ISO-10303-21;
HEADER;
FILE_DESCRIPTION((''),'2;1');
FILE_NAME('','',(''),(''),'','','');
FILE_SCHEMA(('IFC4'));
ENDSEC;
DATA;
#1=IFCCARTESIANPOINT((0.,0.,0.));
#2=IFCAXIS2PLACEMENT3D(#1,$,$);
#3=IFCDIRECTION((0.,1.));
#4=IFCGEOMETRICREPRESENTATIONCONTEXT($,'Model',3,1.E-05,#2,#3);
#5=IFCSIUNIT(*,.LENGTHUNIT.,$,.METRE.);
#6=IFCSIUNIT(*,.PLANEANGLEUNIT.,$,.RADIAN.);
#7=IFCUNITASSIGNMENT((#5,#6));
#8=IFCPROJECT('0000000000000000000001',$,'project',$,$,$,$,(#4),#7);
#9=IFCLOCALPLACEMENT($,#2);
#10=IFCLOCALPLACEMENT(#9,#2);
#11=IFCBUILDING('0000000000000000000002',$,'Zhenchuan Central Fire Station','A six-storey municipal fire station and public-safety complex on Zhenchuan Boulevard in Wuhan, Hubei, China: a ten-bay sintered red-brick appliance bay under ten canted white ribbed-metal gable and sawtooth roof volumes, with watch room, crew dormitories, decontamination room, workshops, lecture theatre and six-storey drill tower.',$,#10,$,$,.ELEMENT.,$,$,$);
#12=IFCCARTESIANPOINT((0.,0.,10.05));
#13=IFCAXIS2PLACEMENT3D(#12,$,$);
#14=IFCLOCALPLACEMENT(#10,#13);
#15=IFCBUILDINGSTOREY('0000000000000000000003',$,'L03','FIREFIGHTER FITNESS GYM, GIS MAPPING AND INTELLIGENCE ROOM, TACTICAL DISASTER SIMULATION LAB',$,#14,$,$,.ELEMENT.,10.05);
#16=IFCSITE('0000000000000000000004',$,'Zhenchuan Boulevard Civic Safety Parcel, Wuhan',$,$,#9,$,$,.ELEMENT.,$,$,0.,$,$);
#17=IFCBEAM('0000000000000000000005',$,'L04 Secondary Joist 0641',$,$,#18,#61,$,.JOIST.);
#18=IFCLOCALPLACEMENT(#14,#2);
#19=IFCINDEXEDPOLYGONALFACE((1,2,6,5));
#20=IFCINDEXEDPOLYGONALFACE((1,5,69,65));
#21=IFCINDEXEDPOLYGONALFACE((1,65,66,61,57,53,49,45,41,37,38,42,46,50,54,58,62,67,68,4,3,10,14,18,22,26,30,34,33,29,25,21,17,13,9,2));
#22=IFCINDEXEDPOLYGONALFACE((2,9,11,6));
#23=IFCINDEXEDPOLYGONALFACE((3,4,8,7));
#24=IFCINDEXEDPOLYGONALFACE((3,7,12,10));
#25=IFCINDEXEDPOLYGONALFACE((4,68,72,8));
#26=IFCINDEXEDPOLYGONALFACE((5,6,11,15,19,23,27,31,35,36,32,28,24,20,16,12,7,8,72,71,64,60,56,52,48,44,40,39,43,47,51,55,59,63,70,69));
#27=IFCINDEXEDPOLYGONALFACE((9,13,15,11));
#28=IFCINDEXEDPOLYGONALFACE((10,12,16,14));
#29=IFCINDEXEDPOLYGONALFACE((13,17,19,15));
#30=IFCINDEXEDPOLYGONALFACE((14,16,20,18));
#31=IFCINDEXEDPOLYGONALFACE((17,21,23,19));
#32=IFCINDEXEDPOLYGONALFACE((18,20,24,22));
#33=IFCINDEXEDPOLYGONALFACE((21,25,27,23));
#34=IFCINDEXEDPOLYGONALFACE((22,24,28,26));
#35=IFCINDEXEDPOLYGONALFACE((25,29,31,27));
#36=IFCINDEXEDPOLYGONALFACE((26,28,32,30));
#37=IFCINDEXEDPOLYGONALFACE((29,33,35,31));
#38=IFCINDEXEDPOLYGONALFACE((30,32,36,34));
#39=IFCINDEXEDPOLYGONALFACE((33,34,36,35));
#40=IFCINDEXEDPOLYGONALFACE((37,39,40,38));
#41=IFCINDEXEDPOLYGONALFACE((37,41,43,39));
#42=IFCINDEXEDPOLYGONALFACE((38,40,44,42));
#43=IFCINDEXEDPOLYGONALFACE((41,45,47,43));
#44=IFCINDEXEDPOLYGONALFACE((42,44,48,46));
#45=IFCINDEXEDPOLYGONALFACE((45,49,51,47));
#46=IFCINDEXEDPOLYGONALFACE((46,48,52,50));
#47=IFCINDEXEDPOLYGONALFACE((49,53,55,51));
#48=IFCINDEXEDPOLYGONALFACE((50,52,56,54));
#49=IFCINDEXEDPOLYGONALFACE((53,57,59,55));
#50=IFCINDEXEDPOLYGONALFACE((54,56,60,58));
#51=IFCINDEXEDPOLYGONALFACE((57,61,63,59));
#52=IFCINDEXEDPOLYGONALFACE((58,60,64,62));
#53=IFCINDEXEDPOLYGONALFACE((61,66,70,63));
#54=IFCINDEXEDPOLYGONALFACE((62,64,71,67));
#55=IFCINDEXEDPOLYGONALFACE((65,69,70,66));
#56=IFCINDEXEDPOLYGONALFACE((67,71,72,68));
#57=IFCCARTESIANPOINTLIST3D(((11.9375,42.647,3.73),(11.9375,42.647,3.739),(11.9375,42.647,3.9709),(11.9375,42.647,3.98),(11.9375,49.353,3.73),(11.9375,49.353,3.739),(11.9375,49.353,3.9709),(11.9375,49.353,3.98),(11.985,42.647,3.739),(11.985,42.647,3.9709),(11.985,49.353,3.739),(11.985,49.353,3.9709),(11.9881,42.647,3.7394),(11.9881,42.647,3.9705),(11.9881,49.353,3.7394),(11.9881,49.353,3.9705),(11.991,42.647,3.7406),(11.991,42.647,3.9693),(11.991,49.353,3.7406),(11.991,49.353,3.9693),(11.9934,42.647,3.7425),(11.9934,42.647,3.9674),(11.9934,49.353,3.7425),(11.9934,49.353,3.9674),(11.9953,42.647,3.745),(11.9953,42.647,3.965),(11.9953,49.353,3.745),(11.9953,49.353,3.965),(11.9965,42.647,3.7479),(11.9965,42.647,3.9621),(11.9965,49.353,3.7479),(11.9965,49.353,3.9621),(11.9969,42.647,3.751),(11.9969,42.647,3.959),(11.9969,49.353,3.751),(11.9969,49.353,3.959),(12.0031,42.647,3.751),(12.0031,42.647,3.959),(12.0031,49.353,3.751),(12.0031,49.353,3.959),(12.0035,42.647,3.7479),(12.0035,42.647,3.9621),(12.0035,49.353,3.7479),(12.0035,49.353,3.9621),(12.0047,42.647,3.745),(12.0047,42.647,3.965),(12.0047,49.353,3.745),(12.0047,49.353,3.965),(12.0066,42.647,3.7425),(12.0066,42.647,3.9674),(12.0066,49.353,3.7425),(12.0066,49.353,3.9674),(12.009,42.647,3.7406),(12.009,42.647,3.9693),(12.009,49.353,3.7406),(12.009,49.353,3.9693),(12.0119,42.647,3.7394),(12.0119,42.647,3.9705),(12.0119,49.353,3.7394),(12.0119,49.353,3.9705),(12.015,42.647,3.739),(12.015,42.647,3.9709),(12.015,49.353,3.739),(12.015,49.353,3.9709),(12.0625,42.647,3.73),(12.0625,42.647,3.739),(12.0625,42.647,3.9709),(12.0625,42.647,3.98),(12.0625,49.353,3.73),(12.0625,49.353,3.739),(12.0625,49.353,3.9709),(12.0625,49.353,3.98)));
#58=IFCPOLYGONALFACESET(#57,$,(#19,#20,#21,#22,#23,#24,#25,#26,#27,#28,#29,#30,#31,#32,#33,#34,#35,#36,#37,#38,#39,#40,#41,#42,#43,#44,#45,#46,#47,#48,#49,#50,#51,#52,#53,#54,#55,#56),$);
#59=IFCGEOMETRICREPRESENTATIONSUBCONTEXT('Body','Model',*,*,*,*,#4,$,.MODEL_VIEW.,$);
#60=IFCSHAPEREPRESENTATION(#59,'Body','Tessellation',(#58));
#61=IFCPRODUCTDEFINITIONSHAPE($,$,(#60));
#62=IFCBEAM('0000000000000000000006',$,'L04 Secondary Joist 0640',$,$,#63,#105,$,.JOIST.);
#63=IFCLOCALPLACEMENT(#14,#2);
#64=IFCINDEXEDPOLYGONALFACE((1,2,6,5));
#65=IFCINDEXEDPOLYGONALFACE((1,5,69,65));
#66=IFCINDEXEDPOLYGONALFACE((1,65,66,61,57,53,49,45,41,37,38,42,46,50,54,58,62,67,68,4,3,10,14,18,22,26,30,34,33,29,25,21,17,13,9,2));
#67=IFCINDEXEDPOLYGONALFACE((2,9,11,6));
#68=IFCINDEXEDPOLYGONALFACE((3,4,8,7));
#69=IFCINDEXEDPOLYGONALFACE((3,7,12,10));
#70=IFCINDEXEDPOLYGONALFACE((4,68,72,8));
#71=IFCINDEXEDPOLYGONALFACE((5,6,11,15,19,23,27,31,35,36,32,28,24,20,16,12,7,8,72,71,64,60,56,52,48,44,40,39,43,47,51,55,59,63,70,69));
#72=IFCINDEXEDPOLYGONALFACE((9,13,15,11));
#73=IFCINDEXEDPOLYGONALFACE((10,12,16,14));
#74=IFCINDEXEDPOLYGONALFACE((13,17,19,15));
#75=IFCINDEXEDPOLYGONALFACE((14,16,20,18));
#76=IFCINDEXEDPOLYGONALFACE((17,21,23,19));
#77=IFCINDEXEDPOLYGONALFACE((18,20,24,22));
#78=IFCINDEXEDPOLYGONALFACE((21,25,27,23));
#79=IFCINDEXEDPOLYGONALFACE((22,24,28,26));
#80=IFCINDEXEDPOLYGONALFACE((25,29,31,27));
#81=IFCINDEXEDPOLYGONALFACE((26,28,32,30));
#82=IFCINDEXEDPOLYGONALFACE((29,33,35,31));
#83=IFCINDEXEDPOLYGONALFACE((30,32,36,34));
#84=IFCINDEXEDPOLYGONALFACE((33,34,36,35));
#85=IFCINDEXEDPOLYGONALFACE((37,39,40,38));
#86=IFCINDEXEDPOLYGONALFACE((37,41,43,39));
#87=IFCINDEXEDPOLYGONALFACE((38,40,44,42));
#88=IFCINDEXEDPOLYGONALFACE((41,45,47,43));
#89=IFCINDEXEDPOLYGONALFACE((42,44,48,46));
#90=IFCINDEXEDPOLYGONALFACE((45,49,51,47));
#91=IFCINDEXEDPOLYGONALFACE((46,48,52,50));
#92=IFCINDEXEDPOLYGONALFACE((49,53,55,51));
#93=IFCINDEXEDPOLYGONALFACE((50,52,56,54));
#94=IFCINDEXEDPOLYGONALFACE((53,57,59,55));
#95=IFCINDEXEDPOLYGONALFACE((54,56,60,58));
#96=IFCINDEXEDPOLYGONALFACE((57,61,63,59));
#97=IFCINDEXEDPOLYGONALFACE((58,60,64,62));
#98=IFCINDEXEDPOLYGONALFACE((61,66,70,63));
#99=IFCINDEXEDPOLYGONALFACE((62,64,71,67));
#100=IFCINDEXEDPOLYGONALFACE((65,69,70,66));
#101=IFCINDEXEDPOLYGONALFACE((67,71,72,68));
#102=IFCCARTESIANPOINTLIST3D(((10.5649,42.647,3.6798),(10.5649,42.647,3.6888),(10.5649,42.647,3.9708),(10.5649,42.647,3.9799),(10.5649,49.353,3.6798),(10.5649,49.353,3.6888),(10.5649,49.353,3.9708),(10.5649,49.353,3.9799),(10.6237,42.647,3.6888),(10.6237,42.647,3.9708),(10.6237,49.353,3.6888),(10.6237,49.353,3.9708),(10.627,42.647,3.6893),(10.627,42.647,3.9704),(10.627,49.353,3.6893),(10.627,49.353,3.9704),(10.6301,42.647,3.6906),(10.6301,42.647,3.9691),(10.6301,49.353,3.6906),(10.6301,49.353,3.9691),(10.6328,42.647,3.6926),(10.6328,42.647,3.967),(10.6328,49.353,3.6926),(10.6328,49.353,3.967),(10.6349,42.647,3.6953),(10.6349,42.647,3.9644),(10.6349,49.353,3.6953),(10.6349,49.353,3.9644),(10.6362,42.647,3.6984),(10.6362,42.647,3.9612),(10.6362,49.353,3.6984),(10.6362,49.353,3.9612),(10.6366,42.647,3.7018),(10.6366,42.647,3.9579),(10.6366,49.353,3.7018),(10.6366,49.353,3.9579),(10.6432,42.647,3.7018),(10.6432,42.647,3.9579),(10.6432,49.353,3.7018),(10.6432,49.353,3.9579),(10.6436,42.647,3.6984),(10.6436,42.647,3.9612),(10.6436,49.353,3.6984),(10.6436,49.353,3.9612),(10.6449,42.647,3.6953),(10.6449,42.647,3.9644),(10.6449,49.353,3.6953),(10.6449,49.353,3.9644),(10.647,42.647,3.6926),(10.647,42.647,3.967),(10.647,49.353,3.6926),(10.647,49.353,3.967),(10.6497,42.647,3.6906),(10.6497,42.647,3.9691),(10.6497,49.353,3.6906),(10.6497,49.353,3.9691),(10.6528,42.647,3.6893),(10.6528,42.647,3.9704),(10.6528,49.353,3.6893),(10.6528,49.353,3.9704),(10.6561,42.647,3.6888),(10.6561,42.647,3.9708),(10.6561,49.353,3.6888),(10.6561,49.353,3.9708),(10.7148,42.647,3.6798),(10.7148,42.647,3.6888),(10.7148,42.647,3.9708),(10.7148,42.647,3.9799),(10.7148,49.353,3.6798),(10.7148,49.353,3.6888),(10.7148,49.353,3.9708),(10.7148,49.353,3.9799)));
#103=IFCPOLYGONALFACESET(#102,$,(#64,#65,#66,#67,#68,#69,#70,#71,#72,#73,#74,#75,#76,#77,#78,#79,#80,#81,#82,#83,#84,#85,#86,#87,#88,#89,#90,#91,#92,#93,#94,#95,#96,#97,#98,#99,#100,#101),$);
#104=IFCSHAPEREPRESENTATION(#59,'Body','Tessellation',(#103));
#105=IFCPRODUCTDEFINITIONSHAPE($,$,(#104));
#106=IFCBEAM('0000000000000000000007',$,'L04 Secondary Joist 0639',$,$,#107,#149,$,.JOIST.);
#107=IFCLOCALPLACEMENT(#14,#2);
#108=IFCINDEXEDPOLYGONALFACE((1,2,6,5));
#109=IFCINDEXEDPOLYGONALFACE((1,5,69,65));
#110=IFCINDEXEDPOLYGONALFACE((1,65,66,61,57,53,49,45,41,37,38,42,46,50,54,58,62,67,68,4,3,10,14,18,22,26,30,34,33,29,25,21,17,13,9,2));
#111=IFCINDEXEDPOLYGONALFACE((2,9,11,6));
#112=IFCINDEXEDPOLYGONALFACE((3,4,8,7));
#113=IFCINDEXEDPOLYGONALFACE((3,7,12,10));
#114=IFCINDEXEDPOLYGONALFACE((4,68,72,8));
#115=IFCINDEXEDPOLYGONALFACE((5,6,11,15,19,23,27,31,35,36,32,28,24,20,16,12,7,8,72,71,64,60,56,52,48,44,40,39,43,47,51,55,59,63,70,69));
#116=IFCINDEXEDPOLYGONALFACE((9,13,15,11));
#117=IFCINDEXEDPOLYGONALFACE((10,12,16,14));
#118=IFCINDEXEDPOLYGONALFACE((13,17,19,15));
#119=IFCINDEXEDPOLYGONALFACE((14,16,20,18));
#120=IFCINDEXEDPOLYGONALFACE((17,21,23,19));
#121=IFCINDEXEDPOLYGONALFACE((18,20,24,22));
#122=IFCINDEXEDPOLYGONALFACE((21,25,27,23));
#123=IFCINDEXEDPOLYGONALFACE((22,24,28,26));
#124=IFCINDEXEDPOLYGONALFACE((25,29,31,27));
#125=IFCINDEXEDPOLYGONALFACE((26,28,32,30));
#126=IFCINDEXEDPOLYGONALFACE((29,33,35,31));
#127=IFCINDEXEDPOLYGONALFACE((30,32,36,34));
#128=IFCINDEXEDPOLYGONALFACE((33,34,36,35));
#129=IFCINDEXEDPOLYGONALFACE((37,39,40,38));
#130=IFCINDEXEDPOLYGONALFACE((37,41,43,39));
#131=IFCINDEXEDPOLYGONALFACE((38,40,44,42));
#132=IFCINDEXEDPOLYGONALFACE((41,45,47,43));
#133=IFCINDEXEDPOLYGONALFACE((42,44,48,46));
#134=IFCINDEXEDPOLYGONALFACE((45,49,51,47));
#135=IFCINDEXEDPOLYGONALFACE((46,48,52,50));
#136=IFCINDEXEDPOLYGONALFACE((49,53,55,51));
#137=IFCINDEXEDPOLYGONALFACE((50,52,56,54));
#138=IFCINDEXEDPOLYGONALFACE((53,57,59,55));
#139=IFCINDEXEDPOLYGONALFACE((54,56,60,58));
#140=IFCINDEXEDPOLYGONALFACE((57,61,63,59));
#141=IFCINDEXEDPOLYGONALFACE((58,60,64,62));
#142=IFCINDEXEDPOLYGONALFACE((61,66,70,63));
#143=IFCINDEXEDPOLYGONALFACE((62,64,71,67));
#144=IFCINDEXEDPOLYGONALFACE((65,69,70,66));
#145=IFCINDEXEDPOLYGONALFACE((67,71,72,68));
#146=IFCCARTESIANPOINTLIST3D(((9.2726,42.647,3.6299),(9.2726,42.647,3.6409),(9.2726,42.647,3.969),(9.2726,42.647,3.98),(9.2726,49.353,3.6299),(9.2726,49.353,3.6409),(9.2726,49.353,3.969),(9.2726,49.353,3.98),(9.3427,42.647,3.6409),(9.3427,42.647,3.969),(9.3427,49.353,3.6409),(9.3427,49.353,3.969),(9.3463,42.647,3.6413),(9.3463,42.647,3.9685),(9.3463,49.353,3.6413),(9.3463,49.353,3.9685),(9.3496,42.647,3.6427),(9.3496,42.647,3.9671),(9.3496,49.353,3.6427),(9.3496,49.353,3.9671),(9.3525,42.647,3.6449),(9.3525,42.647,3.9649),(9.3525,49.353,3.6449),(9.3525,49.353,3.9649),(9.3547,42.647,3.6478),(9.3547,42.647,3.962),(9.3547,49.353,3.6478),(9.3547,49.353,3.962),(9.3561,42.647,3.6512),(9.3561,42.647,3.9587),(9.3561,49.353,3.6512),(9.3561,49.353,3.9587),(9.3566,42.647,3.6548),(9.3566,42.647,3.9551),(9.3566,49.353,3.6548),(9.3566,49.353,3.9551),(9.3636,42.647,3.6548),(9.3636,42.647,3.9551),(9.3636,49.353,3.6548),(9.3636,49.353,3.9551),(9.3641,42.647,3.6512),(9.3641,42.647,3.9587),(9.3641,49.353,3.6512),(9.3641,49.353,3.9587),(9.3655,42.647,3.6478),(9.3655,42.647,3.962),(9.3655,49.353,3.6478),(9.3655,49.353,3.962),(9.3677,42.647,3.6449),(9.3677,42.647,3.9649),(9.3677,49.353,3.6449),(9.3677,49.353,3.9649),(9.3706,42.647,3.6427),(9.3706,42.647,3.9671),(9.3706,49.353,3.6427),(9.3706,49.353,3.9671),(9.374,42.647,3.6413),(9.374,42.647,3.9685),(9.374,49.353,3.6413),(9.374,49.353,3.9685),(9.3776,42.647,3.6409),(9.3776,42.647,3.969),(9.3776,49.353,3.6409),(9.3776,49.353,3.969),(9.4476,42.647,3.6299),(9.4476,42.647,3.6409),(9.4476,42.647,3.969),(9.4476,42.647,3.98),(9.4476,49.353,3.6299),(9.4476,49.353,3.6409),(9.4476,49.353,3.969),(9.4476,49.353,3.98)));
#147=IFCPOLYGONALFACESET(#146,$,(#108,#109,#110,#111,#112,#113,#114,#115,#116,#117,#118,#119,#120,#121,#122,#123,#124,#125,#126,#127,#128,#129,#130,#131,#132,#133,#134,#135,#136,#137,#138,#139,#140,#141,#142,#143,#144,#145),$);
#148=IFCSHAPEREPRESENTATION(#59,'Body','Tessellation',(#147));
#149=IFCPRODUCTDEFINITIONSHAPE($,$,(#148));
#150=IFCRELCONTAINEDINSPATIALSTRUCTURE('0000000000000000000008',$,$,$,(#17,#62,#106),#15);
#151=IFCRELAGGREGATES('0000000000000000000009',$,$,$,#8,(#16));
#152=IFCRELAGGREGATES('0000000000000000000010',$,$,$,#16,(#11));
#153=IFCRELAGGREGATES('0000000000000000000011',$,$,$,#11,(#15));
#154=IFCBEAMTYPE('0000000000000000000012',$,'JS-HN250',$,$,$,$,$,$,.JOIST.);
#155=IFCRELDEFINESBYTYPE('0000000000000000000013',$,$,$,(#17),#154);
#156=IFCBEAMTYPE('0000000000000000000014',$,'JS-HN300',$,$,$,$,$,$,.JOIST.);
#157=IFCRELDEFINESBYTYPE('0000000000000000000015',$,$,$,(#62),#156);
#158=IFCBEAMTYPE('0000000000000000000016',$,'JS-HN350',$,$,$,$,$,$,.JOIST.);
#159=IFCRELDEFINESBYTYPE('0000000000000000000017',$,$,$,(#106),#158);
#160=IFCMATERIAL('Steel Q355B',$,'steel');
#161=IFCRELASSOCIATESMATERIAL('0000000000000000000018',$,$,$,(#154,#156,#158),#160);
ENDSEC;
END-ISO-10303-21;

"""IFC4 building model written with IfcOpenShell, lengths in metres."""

from ifc_helpers import new_model, si_unit, direction, frame, origin, origin_2d, place, context, subcontext, project, spatial, i_section, extrude, material, material_profile, profile_set, type_object, element, save


model = new_model("IFC4")

# Units and contexts
model_context = context("Model", 3, precision=1e-05, world=origin(), true_north=direction((0.0, 1.0)))
body_context = subcontext(model_context, "Body", "Model", "MODEL_VIEW")
ifc_project = project(units=[si_unit("LENGTHUNIT", "METRE"), si_unit("PLANEANGLEUNIT", "RADIAN")], contexts=[model_context])

# Site, building, storey
site_placement = place(None, origin())
site = spatial("IfcSite", under=ifc_project, at=site_placement, Name="Zhenchuan Boulevard Civic Safety Parcel, Wuhan", CompositionType="ELEMENT", RefElevation=0.0)
building_placement = place(site_placement, origin())
building = spatial("IfcBuilding", under=site, at=building_placement, Name="Zhenchuan Central Fire Station", Description="A six-storey municipal fire station and public-safety complex on Zhenchuan Boulevard in Wuhan, Hubei, China: a ten-bay sintered red-brick appliance bay under ten canted white ribbed-metal gable and sawtooth roof volumes, with watch room, crew dormitories, decontamination room, workshops, lecture theatre and six-storey drill tower.", CompositionType="ELEMENT")
storey_placement = place(building_placement, frame((0.0, 0.0, 10.05)))
storey = spatial("IfcBuildingStorey", under=building, at=storey_placement, Name="L03", Description="FIREFIGHTER FITNESS GYM, GIS MAPPING AND INTELLIGENCE ROOM, TACTICAL DISASTER SIMULATION LAB", CompositionType="ELEMENT", Elevation=10.05)

# Shared definitions
ifc_material_1 = material(Name="Steel Q355B", Category="steel")

# Beams
ifc_material_profile_1 = material_profile(ifc_material_1, i_section(OverallWidth=0.125, OverallDepth=0.25, WebThickness=0.0061, FlangeThickness=0.009, FilletRadius=0.012, at=origin_2d()), Name="HN 250x125")
ifc_profile_set_1 = profile_set([ifc_material_profile_1], Name="Steel Q355B")
beam_type_1 = type_object("IfcBeamType", Name="JS-HN250", PredefinedType="JOIST", material=ifc_profile_set_1)
beam_1_placement = place(storey_placement, frame((12.0, 42.647, 3.855), z_axis=(0.0, 1.0, 0.0), x_axis=(-1.0, 0.0, 0.0)))
element("IfcBeam", 1, at=beam_1_placement, inside=storey, type_object=beam_type_1, Name="L04 Secondary Joist 0641", PredefinedType="JOIST", context=body_context, shape_type="SweptSolid", body=[
    extrude(i_section(OverallWidth=0.125, OverallDepth=0.25, WebThickness=0.0061, FlangeThickness=0.009, FilletRadius=0.012, at=origin_2d()), origin(), (0.0, 0.0, 1.0), 6.7061),
])
ifc_material_profile_2 = material_profile(ifc_material_1, i_section(OverallWidth=0.1499, OverallDepth=0.3, WebThickness=0.0066, FlangeThickness=0.009, FilletRadius=0.0129, at=origin_2d()), Name="HN 300x150")
ifc_profile_set_2 = profile_set([ifc_material_profile_2], Name="Steel Q355B")
beam_type_2 = type_object("IfcBeamType", Name="JS-HN300", PredefinedType="JOIST", material=ifc_profile_set_2)
beam_2_placement = place(storey_placement, frame((10.6399, 42.647, 3.8298), z_axis=(0.0, 1.0, 0.0), x_axis=(-1.0, 0.0, 0.0)))
element("IfcBeam", 2, at=beam_2_placement, inside=storey, type_object=beam_type_2, Name="L04 Secondary Joist 0640", PredefinedType="JOIST", context=body_context, shape_type="SweptSolid", body=[
    extrude(i_section(OverallWidth=0.1499, OverallDepth=0.3, WebThickness=0.0066, FlangeThickness=0.009, FilletRadius=0.0129, at=origin_2d()), origin(), (0.0, 0.0, 1.0), 6.7061),
])
ifc_material_profile_3 = material_profile(ifc_material_1, i_section(OverallWidth=0.175, OverallDepth=0.3501, WebThickness=0.0071, FlangeThickness=0.011, FilletRadius=0.0139, at=origin_2d()), Name="HN 350x175")
ifc_profile_set_3 = profile_set([ifc_material_profile_3], Name="Steel Q355B")
beam_type_3 = type_object("IfcBeamType", Name="JS-HN350", PredefinedType="JOIST", material=ifc_profile_set_3)
beam_3_placement = place(storey_placement, frame((9.3601, 42.647, 3.8049), z_axis=(0.0, 1.0, 0.0), x_axis=(-1.0, 0.0, 0.0)))
element("IfcBeam", 3, at=beam_3_placement, inside=storey, type_object=beam_type_3, Name="L04 Secondary Joist 0639", PredefinedType="JOIST", context=body_context, shape_type="SweptSolid", body=[
    extrude(i_section(OverallWidth=0.175, OverallDepth=0.3501, WebThickness=0.0071, FlangeThickness=0.011, FilletRadius=0.0139, at=origin_2d()), origin(), (0.0, 0.0, 1.0), 6.7061),
])

save(model, "model.ifc")
